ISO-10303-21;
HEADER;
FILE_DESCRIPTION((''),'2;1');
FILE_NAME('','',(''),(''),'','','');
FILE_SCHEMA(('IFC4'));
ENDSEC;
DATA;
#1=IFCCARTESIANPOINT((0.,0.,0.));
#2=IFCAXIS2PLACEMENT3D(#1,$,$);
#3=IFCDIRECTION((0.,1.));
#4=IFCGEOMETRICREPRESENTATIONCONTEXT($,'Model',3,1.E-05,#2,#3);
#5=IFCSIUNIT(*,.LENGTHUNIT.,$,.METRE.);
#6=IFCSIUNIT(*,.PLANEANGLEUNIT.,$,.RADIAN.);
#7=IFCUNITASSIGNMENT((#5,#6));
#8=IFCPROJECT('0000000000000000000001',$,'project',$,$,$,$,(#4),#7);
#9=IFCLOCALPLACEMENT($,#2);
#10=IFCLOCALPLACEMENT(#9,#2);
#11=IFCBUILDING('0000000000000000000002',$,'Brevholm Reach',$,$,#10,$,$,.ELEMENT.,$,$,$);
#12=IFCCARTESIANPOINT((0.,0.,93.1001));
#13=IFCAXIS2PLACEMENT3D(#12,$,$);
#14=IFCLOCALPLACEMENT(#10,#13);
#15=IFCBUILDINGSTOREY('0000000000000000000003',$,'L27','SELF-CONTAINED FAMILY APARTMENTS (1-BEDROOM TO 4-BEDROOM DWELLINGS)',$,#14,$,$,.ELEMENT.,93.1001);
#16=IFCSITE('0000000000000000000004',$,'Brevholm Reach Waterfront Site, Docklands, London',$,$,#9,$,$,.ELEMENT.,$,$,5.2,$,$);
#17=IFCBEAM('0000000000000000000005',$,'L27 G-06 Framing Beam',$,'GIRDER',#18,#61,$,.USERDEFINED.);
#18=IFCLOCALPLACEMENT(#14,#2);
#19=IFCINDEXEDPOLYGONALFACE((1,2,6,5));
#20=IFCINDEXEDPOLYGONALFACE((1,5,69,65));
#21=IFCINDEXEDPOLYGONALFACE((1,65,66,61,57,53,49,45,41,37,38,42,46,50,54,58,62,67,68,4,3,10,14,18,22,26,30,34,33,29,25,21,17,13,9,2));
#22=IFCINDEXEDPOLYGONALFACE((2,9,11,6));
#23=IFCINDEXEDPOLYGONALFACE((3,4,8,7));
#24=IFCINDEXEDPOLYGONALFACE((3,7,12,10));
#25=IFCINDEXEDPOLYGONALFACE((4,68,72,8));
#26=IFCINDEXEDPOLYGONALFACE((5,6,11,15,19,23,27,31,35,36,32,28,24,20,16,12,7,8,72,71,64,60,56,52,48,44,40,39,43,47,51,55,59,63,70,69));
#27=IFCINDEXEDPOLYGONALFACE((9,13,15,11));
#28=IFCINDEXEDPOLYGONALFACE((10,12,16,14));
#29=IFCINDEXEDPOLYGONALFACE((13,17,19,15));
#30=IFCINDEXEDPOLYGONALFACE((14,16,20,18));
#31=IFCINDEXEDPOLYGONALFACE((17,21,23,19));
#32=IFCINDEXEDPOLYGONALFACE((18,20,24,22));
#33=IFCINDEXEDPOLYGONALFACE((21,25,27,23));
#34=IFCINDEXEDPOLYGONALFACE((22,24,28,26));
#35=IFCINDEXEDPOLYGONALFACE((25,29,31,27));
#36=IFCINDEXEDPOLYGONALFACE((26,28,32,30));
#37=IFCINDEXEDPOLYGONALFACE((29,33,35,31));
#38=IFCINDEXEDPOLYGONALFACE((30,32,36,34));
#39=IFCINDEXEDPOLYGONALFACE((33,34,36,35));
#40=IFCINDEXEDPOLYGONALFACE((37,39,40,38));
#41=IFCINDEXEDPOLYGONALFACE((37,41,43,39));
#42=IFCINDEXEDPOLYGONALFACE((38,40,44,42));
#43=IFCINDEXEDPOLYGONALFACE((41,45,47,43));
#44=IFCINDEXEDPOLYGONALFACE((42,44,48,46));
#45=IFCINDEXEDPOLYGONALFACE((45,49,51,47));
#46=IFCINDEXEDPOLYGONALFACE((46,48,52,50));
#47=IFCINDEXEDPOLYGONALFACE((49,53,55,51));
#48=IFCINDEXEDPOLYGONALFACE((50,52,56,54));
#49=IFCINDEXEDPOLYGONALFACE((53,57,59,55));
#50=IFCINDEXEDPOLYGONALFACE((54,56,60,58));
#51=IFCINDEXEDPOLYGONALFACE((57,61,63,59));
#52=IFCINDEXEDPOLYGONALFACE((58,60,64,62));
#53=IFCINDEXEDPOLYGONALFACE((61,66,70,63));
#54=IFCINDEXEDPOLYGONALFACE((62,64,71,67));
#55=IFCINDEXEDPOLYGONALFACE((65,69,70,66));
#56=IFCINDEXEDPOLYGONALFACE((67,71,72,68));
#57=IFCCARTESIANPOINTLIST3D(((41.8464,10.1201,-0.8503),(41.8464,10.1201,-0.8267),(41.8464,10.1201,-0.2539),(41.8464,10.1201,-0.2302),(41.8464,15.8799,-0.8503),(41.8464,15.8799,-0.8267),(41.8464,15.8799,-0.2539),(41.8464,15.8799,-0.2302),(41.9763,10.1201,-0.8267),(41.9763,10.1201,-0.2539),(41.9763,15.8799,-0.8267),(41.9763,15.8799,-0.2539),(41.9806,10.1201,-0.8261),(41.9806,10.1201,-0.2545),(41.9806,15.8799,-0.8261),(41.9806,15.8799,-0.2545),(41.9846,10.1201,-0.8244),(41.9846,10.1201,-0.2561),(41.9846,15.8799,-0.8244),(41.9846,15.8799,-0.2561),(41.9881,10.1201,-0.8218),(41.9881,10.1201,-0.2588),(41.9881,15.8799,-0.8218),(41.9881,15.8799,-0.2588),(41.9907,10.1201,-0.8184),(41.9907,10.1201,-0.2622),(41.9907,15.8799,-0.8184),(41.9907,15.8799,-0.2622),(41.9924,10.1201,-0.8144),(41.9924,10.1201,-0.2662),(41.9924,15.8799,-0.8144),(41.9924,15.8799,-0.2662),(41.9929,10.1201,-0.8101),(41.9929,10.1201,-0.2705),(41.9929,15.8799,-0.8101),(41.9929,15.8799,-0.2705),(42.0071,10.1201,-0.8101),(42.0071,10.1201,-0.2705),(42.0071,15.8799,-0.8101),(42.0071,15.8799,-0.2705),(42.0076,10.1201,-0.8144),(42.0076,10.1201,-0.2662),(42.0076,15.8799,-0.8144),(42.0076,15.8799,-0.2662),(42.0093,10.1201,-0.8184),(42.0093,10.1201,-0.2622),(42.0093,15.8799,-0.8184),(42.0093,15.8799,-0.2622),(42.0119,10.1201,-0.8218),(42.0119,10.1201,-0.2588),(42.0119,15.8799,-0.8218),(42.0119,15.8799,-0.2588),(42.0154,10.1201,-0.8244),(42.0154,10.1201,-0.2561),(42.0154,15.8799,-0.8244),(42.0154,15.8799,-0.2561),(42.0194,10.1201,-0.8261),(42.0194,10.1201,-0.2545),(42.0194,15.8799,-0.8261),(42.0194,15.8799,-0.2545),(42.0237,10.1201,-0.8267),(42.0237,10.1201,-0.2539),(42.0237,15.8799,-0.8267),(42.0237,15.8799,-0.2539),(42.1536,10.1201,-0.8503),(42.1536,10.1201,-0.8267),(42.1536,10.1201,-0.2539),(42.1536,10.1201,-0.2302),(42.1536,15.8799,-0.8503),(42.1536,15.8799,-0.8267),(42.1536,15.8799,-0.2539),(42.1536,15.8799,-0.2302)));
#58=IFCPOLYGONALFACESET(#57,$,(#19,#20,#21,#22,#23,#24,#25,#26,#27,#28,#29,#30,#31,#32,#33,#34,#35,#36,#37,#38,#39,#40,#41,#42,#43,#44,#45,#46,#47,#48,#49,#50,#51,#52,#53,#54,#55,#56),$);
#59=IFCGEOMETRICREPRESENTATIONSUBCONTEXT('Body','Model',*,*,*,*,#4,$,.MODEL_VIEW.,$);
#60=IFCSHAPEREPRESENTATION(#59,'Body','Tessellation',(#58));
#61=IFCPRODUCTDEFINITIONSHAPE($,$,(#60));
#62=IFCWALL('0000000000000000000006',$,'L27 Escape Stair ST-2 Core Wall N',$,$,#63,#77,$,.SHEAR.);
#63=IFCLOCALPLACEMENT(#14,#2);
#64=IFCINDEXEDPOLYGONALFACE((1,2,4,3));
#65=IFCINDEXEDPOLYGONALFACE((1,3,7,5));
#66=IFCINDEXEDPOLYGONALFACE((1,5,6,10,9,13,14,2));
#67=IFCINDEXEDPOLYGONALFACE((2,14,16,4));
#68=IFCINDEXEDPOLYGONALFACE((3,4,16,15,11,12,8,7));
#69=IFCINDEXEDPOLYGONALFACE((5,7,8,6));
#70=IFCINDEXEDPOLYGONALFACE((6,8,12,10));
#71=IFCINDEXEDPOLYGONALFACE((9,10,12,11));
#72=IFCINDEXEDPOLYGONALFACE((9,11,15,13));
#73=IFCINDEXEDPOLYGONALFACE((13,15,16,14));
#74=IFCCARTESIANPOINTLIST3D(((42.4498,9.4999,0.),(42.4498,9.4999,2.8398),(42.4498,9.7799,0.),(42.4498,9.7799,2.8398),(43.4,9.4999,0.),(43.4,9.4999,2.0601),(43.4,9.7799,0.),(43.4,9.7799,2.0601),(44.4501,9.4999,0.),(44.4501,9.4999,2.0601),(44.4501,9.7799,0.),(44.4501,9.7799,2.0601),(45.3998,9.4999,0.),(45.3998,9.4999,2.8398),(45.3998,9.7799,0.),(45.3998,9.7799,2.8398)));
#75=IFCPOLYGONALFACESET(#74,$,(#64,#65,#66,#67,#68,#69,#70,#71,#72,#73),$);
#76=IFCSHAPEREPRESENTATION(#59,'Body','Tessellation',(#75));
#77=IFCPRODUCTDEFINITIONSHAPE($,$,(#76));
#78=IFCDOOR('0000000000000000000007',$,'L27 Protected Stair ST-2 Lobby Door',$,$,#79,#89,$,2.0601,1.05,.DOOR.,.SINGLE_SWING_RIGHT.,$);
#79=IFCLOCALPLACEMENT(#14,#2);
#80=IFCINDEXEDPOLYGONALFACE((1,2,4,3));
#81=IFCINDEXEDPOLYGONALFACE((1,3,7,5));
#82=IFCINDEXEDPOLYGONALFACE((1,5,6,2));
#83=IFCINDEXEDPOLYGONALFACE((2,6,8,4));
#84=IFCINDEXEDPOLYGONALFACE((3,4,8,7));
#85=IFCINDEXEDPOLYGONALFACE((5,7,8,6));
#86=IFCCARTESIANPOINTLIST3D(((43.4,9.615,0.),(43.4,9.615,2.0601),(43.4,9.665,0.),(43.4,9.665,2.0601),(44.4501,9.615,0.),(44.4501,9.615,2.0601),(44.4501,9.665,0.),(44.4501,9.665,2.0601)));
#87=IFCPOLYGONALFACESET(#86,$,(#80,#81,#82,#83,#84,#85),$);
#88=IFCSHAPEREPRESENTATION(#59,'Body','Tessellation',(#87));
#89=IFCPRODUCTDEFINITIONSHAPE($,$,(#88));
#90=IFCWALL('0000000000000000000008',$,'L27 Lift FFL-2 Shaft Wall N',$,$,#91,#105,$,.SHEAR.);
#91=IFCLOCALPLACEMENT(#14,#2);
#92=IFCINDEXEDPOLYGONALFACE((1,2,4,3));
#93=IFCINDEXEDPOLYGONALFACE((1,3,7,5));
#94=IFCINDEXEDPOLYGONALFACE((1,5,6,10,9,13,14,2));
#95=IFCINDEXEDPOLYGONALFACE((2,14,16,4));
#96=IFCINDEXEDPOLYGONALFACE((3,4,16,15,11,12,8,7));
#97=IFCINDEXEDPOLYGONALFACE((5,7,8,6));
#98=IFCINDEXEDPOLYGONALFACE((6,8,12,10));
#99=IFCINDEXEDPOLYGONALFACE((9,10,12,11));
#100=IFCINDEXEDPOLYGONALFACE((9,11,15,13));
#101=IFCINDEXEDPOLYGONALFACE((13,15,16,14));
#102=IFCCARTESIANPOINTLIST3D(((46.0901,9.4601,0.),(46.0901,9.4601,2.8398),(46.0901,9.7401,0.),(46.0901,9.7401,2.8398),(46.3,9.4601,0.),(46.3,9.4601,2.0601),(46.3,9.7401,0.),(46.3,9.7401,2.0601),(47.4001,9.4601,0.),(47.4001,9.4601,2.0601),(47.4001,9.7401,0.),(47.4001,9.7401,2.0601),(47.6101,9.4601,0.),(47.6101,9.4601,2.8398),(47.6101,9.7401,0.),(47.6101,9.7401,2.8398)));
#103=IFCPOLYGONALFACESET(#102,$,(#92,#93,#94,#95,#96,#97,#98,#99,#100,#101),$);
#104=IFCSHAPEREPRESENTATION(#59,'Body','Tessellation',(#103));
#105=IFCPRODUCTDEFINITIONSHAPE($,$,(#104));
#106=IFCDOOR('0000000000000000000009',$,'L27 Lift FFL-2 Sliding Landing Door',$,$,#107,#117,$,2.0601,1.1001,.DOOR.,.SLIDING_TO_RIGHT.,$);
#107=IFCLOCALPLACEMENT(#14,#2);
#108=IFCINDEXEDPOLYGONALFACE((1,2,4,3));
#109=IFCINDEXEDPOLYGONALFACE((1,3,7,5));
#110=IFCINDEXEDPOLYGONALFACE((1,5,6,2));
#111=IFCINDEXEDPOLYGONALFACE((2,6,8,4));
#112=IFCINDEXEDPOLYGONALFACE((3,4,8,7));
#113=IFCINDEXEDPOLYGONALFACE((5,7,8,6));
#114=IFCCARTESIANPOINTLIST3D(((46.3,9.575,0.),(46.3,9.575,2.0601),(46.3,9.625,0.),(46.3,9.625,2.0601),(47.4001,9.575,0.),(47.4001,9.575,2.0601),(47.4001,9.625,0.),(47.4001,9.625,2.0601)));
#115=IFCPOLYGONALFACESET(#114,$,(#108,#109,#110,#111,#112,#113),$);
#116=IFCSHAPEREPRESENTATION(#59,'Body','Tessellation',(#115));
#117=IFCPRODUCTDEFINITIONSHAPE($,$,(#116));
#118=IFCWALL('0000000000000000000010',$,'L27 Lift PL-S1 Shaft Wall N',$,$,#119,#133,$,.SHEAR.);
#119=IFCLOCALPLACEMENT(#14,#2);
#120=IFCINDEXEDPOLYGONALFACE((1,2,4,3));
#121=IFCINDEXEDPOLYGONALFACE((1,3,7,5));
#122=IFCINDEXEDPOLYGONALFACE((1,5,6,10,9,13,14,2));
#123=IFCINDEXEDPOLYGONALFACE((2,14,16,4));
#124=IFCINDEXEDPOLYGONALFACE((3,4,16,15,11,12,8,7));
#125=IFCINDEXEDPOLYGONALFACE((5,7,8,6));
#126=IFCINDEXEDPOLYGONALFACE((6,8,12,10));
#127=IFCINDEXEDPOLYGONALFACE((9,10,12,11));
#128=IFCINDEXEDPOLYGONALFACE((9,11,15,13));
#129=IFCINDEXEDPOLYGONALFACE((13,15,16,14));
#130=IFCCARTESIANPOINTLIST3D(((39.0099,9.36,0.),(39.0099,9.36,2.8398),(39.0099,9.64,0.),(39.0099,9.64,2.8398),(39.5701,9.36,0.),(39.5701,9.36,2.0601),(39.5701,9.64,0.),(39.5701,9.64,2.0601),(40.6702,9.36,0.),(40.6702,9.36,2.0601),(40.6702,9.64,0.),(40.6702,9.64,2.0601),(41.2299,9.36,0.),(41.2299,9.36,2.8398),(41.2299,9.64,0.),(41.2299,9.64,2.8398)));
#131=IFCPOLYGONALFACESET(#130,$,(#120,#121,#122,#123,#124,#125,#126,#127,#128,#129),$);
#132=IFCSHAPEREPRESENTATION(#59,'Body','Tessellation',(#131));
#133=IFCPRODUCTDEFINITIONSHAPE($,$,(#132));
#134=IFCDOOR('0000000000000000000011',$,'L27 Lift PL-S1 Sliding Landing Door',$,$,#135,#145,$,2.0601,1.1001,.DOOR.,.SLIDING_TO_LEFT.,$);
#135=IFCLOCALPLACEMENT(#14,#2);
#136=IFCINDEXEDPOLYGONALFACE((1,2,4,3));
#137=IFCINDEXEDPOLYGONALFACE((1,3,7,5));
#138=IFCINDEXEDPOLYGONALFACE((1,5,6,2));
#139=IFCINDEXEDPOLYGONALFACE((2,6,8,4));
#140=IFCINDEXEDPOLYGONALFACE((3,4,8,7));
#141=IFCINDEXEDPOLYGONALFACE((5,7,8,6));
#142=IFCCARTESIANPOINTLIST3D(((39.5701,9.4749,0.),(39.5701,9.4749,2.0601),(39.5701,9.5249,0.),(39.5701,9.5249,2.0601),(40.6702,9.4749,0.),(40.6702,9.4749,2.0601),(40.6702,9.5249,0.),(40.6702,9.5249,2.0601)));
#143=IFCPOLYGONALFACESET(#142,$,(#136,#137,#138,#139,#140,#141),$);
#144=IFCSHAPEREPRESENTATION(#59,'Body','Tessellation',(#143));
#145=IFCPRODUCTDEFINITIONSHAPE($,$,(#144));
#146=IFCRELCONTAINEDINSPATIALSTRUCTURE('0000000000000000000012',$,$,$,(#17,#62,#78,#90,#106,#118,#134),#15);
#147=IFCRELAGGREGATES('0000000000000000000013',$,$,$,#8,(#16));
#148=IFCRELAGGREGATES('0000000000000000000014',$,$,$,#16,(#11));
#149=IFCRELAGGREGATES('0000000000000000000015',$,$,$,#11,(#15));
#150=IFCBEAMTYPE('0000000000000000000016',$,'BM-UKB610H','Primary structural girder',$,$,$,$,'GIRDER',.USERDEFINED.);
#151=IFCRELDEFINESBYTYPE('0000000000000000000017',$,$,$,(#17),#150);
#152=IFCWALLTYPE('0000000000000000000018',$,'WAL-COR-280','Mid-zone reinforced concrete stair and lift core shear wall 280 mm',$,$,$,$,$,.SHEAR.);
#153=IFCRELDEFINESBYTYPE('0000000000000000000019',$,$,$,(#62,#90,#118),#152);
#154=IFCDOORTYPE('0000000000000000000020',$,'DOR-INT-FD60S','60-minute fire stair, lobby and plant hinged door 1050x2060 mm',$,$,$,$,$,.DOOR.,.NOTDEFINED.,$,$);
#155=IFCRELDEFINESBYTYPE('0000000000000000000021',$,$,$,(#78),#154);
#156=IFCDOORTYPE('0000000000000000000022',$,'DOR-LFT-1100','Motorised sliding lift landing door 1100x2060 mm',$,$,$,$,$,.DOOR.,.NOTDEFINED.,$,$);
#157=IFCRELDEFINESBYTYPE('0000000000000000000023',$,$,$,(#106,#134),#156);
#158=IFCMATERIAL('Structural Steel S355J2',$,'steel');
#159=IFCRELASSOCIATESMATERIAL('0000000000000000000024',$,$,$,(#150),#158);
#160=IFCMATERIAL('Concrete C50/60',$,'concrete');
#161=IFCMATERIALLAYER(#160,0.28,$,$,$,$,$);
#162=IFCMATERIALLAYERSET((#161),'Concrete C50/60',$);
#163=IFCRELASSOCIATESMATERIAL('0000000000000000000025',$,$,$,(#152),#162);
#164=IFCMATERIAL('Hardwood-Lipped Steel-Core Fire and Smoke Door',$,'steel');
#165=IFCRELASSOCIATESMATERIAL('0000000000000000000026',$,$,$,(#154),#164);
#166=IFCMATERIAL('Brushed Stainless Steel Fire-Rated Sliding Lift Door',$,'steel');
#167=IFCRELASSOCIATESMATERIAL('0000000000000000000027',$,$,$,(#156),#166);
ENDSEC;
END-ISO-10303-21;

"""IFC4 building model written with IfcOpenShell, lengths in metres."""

from ifc_helpers import new_model, si_unit, direction, frame, frame_2d, origin, origin_2d, place, context, subcontext, project, spatial, rectangle, i_section, extrude, material, layer, layer_set, material_profile, profile_set, type_object, element, fill, save


model = new_model("IFC4")

# Units and contexts
model_context = context("Model", 3, precision=1e-05, world=origin(), true_north=direction((0.0, 1.0)))
body_context = subcontext(model_context, "Body", "Model", "MODEL_VIEW")
ifc_project = project(units=[si_unit("LENGTHUNIT", "METRE"), si_unit("PLANEANGLEUNIT", "RADIAN")], contexts=[model_context])

# Site, building, storey
site_placement = place(None, origin())
site = spatial("IfcSite", under=ifc_project, at=site_placement, Name="Brevholm Reach Waterfront Site, Docklands, London", CompositionType="ELEMENT", RefElevation=5.2)
building_placement = place(site_placement, origin())
building = spatial("IfcBuilding", under=site, at=building_placement, Name="Brevholm Reach", CompositionType="ELEMENT")
storey_placement = place(building_placement, frame((0.0, 0.0, 93.1001)))
storey = spatial("IfcBuildingStorey", under=building, at=storey_placement, Name="L27", Description="SELF-CONTAINED FAMILY APARTMENTS (1-BEDROOM TO 4-BEDROOM DWELLINGS)", CompositionType="ELEMENT", Elevation=93.1001)

# Beam
ifc_material_1 = material(Name="Structural Steel S355J2", Category="steel")
ifc_material_profile_1 = material_profile(ifc_material_1, i_section(OverallWidth=0.3071, OverallDepth=0.6201, WebThickness=0.0142, FlangeThickness=0.0237, FilletRadius=0.0166, at=origin_2d()), Name="UKB 610x305x179")
ifc_profile_set_1 = profile_set([ifc_material_profile_1], Name="Structural Steel S355J2")
beam_type = type_object("IfcBeamType", Name="BM-UKB610H", Description="Primary structural girder", ElementType="GIRDER", PredefinedType="USERDEFINED", material=ifc_profile_set_1)
for number, where, z_axis, x_axis, name in (
    (1, (42.0, 10.1201, -0.5403), (0.0, 1.0, 0.0), (-1.0, 0.0, 0.0), "L27 G-06 Framing Beam"),
):
    element("IfcBeam", number, at=place(storey_placement, frame(where, z_axis=z_axis, x_axis=x_axis)), inside=storey, type_object=beam_type, Name=name, ObjectType="GIRDER", PredefinedType="USERDEFINED", context=body_context, shape_type="SweptSolid", body=[
        extrude(i_section(OverallWidth=0.3071, OverallDepth=0.6201, WebThickness=0.0142, FlangeThickness=0.0237, FilletRadius=0.0166, at=origin_2d()), origin(), (0.0, 0.0, 1.0), 5.7598),
    ])

# Walls, openings, doors
ifc_material_2 = material(Name="Concrete C50/60", Category="concrete")
ifc_layer_1 = layer(ifc_material_2, 0.28)
ifc_layer_set_1 = layer_set([ifc_layer_1], Name="Concrete C50/60")
wall_type_1 = type_object("IfcWallType", Name="WAL-COR-280", Description="Mid-zone reinforced concrete stair and lift core shear wall 280 mm", PredefinedType="SHEAR", material=ifc_layer_set_1)
wall_1_placement = place(storey_placement, frame((45.3999, 9.6399, 0.0), z_axis=(0.0, 0.0, 1.0), x_axis=(-1.0, 0.0, 0.0)))
wall_1 = element("IfcWall", 2, at=wall_1_placement, inside=storey, type_object=wall_type_1, Name="L27 Escape Stair ST-2 Core Wall N", PredefinedType="SHEAR", context=body_context, shape_type="SweptSolid", body=[
    extrude(rectangle(XDim=2.95, YDim=0.28, at=frame_2d((1.4751, 0.0))), origin(), (0.0, 0.0, 1.0), 2.8398),
])
opening_1_placement = place(wall_1_placement, frame((0.95, 0.0, 0.0)))
opening_1 = element("IfcOpeningElement", 3, at=opening_1_placement, cuts=wall_1, PredefinedType="OPENING", context=body_context, shape_type="SweptSolid", body=[
    extrude(rectangle(XDim=1.05, YDim=2.0601, at=frame_2d((0.5249, 1.03))), frame((0.0, 0.1499, 0.0), z_axis=(0.0, -1.0, 0.0), x_axis=(1.0, 0.0, 0.0)), (0.0, 0.0, 1.0), 0.3),
])
ifc_material_3 = material(Name="Hardwood-Lipped Steel-Core Fire and Smoke Door", Category="steel")
door_type_1 = type_object("IfcDoorType", Name="DOR-INT-FD60S", Description="60-minute fire stair, lobby and plant hinged door 1050x2060 mm", OperationType="NOTDEFINED", PredefinedType="DOOR", material=ifc_material_3)
door_1_placement = place(opening_1_placement, origin())
door_1 = element("IfcDoor", 4, at=door_1_placement, inside=storey, type_object=door_type_1, Name="L27 Protected Stair ST-2 Lobby Door", OperationType="SINGLE_SWING_RIGHT", OverallHeight=2.0601, OverallWidth=1.05, PredefinedType="DOOR", context=body_context, shape_type="SweptSolid", body=[
    extrude(rectangle(XDim=1.05, YDim=2.0601, at=frame_2d((0.5249, 1.03))), frame((0.0, 0.0249, 0.0), z_axis=(0.0, -1.0, 0.0), x_axis=(1.0, 0.0, 0.0)), (0.0, 0.0, 1.0), 0.05),
])
fill(opening_1, door_1)
wall_2_placement = place(storey_placement, frame((46.0901, 9.6001, 0.0), z_axis=(0.0, 0.0, 1.0), x_axis=(1.0, 0.0, 0.0)))
wall_2 = element("IfcWall", 5, at=wall_2_placement, inside=storey, type_object=wall_type_1, Name="L27 Lift FFL-2 Shaft Wall N", PredefinedType="SHEAR", context=body_context, shape_type="SweptSolid", body=[
    extrude(rectangle(XDim=1.52, YDim=0.28, at=frame_2d((0.76, 0.0))), origin(), (0.0, 0.0, 1.0), 2.8398),
])
opening_2_placement = place(wall_2_placement, frame((0.21, 0.0, 0.0)))
opening_2 = element("IfcOpeningElement", 6, at=opening_2_placement, cuts=wall_2, PredefinedType="OPENING", context=body_context, shape_type="SweptSolid", body=[
    extrude(rectangle(XDim=1.1001, YDim=2.0601, at=frame_2d((0.55, 1.03))), frame((0.0, 0.1499, 0.0), z_axis=(0.0, -1.0, 0.0), x_axis=(1.0, 0.0, 0.0)), (0.0, 0.0, 1.0), 0.3),
])
ifc_material_4 = material(Name="Brushed Stainless Steel Fire-Rated Sliding Lift Door", Category="steel")
door_type_2 = type_object("IfcDoorType", Name="DOR-LFT-1100", Description="Motorised sliding lift landing door 1100x2060 mm", OperationType="NOTDEFINED", PredefinedType="DOOR", material=ifc_material_4)
door_2_placement = place(opening_2_placement, origin())
door_2 = element("IfcDoor", 7, at=door_2_placement, inside=storey, type_object=door_type_2, Name="L27 Lift FFL-2 Sliding Landing Door", OperationType="SLIDING_TO_RIGHT", OverallHeight=2.0601, OverallWidth=1.1001, PredefinedType="DOOR", context=body_context, shape_type="SweptSolid", body=[
    extrude(rectangle(XDim=1.1001, YDim=2.0601, at=frame_2d((0.55, 1.03))), frame((0.0, 0.0249, 0.0), z_axis=(0.0, -1.0, 0.0), x_axis=(1.0, 0.0, 0.0)), (0.0, 0.0, 1.0), 0.05),
])
fill(opening_2, door_2)
wall_3_placement = place(storey_placement, frame((39.01, 9.5, 0.0), z_axis=(0.0, 0.0, 1.0), x_axis=(1.0, 0.0, 0.0)))
wall_3 = element("IfcWall", 8, at=wall_3_placement, inside=storey, type_object=wall_type_1, Name="L27 Lift PL-S1 Shaft Wall N", PredefinedType="SHEAR", context=body_context, shape_type="SweptSolid", body=[
    extrude(rectangle(XDim=2.22, YDim=0.28, at=frame_2d((1.1099, 0.0))), origin(), (0.0, 0.0, 1.0), 2.8398),
])
opening_3_placement = place(wall_3_placement, frame((0.5601, 0.0, 0.0)))
opening_3 = element("IfcOpeningElement", 9, at=opening_3_placement, cuts=wall_3, PredefinedType="OPENING", context=body_context, shape_type="SweptSolid", body=[
    extrude(rectangle(XDim=1.1001, YDim=2.0601, at=frame_2d((0.55, 1.03))), frame((0.0, 0.1499, 0.0), z_axis=(0.0, -1.0, 0.0), x_axis=(1.0, 0.0, 0.0)), (0.0, 0.0, 1.0), 0.3),
])
door_3_placement = place(opening_3_placement, origin())
door_3 = element("IfcDoor", 10, at=door_3_placement, inside=storey, type_object=door_type_2, Name="L27 Lift PL-S1 Sliding Landing Door", OperationType="SLIDING_TO_LEFT", OverallHeight=2.0601, OverallWidth=1.1001, PredefinedType="DOOR", context=body_context, shape_type="SweptSolid", body=[
    extrude(rectangle(XDim=1.1001, YDim=2.0601, at=frame_2d((0.55, 1.03))), frame((0.0, 0.0249, 0.0), z_axis=(0.0, -1.0, 0.0), x_axis=(1.0, 0.0, 0.0)), (0.0, 0.0, 1.0), 0.05),
])
fill(opening_3, door_3)

save(model, "model.ifc")
